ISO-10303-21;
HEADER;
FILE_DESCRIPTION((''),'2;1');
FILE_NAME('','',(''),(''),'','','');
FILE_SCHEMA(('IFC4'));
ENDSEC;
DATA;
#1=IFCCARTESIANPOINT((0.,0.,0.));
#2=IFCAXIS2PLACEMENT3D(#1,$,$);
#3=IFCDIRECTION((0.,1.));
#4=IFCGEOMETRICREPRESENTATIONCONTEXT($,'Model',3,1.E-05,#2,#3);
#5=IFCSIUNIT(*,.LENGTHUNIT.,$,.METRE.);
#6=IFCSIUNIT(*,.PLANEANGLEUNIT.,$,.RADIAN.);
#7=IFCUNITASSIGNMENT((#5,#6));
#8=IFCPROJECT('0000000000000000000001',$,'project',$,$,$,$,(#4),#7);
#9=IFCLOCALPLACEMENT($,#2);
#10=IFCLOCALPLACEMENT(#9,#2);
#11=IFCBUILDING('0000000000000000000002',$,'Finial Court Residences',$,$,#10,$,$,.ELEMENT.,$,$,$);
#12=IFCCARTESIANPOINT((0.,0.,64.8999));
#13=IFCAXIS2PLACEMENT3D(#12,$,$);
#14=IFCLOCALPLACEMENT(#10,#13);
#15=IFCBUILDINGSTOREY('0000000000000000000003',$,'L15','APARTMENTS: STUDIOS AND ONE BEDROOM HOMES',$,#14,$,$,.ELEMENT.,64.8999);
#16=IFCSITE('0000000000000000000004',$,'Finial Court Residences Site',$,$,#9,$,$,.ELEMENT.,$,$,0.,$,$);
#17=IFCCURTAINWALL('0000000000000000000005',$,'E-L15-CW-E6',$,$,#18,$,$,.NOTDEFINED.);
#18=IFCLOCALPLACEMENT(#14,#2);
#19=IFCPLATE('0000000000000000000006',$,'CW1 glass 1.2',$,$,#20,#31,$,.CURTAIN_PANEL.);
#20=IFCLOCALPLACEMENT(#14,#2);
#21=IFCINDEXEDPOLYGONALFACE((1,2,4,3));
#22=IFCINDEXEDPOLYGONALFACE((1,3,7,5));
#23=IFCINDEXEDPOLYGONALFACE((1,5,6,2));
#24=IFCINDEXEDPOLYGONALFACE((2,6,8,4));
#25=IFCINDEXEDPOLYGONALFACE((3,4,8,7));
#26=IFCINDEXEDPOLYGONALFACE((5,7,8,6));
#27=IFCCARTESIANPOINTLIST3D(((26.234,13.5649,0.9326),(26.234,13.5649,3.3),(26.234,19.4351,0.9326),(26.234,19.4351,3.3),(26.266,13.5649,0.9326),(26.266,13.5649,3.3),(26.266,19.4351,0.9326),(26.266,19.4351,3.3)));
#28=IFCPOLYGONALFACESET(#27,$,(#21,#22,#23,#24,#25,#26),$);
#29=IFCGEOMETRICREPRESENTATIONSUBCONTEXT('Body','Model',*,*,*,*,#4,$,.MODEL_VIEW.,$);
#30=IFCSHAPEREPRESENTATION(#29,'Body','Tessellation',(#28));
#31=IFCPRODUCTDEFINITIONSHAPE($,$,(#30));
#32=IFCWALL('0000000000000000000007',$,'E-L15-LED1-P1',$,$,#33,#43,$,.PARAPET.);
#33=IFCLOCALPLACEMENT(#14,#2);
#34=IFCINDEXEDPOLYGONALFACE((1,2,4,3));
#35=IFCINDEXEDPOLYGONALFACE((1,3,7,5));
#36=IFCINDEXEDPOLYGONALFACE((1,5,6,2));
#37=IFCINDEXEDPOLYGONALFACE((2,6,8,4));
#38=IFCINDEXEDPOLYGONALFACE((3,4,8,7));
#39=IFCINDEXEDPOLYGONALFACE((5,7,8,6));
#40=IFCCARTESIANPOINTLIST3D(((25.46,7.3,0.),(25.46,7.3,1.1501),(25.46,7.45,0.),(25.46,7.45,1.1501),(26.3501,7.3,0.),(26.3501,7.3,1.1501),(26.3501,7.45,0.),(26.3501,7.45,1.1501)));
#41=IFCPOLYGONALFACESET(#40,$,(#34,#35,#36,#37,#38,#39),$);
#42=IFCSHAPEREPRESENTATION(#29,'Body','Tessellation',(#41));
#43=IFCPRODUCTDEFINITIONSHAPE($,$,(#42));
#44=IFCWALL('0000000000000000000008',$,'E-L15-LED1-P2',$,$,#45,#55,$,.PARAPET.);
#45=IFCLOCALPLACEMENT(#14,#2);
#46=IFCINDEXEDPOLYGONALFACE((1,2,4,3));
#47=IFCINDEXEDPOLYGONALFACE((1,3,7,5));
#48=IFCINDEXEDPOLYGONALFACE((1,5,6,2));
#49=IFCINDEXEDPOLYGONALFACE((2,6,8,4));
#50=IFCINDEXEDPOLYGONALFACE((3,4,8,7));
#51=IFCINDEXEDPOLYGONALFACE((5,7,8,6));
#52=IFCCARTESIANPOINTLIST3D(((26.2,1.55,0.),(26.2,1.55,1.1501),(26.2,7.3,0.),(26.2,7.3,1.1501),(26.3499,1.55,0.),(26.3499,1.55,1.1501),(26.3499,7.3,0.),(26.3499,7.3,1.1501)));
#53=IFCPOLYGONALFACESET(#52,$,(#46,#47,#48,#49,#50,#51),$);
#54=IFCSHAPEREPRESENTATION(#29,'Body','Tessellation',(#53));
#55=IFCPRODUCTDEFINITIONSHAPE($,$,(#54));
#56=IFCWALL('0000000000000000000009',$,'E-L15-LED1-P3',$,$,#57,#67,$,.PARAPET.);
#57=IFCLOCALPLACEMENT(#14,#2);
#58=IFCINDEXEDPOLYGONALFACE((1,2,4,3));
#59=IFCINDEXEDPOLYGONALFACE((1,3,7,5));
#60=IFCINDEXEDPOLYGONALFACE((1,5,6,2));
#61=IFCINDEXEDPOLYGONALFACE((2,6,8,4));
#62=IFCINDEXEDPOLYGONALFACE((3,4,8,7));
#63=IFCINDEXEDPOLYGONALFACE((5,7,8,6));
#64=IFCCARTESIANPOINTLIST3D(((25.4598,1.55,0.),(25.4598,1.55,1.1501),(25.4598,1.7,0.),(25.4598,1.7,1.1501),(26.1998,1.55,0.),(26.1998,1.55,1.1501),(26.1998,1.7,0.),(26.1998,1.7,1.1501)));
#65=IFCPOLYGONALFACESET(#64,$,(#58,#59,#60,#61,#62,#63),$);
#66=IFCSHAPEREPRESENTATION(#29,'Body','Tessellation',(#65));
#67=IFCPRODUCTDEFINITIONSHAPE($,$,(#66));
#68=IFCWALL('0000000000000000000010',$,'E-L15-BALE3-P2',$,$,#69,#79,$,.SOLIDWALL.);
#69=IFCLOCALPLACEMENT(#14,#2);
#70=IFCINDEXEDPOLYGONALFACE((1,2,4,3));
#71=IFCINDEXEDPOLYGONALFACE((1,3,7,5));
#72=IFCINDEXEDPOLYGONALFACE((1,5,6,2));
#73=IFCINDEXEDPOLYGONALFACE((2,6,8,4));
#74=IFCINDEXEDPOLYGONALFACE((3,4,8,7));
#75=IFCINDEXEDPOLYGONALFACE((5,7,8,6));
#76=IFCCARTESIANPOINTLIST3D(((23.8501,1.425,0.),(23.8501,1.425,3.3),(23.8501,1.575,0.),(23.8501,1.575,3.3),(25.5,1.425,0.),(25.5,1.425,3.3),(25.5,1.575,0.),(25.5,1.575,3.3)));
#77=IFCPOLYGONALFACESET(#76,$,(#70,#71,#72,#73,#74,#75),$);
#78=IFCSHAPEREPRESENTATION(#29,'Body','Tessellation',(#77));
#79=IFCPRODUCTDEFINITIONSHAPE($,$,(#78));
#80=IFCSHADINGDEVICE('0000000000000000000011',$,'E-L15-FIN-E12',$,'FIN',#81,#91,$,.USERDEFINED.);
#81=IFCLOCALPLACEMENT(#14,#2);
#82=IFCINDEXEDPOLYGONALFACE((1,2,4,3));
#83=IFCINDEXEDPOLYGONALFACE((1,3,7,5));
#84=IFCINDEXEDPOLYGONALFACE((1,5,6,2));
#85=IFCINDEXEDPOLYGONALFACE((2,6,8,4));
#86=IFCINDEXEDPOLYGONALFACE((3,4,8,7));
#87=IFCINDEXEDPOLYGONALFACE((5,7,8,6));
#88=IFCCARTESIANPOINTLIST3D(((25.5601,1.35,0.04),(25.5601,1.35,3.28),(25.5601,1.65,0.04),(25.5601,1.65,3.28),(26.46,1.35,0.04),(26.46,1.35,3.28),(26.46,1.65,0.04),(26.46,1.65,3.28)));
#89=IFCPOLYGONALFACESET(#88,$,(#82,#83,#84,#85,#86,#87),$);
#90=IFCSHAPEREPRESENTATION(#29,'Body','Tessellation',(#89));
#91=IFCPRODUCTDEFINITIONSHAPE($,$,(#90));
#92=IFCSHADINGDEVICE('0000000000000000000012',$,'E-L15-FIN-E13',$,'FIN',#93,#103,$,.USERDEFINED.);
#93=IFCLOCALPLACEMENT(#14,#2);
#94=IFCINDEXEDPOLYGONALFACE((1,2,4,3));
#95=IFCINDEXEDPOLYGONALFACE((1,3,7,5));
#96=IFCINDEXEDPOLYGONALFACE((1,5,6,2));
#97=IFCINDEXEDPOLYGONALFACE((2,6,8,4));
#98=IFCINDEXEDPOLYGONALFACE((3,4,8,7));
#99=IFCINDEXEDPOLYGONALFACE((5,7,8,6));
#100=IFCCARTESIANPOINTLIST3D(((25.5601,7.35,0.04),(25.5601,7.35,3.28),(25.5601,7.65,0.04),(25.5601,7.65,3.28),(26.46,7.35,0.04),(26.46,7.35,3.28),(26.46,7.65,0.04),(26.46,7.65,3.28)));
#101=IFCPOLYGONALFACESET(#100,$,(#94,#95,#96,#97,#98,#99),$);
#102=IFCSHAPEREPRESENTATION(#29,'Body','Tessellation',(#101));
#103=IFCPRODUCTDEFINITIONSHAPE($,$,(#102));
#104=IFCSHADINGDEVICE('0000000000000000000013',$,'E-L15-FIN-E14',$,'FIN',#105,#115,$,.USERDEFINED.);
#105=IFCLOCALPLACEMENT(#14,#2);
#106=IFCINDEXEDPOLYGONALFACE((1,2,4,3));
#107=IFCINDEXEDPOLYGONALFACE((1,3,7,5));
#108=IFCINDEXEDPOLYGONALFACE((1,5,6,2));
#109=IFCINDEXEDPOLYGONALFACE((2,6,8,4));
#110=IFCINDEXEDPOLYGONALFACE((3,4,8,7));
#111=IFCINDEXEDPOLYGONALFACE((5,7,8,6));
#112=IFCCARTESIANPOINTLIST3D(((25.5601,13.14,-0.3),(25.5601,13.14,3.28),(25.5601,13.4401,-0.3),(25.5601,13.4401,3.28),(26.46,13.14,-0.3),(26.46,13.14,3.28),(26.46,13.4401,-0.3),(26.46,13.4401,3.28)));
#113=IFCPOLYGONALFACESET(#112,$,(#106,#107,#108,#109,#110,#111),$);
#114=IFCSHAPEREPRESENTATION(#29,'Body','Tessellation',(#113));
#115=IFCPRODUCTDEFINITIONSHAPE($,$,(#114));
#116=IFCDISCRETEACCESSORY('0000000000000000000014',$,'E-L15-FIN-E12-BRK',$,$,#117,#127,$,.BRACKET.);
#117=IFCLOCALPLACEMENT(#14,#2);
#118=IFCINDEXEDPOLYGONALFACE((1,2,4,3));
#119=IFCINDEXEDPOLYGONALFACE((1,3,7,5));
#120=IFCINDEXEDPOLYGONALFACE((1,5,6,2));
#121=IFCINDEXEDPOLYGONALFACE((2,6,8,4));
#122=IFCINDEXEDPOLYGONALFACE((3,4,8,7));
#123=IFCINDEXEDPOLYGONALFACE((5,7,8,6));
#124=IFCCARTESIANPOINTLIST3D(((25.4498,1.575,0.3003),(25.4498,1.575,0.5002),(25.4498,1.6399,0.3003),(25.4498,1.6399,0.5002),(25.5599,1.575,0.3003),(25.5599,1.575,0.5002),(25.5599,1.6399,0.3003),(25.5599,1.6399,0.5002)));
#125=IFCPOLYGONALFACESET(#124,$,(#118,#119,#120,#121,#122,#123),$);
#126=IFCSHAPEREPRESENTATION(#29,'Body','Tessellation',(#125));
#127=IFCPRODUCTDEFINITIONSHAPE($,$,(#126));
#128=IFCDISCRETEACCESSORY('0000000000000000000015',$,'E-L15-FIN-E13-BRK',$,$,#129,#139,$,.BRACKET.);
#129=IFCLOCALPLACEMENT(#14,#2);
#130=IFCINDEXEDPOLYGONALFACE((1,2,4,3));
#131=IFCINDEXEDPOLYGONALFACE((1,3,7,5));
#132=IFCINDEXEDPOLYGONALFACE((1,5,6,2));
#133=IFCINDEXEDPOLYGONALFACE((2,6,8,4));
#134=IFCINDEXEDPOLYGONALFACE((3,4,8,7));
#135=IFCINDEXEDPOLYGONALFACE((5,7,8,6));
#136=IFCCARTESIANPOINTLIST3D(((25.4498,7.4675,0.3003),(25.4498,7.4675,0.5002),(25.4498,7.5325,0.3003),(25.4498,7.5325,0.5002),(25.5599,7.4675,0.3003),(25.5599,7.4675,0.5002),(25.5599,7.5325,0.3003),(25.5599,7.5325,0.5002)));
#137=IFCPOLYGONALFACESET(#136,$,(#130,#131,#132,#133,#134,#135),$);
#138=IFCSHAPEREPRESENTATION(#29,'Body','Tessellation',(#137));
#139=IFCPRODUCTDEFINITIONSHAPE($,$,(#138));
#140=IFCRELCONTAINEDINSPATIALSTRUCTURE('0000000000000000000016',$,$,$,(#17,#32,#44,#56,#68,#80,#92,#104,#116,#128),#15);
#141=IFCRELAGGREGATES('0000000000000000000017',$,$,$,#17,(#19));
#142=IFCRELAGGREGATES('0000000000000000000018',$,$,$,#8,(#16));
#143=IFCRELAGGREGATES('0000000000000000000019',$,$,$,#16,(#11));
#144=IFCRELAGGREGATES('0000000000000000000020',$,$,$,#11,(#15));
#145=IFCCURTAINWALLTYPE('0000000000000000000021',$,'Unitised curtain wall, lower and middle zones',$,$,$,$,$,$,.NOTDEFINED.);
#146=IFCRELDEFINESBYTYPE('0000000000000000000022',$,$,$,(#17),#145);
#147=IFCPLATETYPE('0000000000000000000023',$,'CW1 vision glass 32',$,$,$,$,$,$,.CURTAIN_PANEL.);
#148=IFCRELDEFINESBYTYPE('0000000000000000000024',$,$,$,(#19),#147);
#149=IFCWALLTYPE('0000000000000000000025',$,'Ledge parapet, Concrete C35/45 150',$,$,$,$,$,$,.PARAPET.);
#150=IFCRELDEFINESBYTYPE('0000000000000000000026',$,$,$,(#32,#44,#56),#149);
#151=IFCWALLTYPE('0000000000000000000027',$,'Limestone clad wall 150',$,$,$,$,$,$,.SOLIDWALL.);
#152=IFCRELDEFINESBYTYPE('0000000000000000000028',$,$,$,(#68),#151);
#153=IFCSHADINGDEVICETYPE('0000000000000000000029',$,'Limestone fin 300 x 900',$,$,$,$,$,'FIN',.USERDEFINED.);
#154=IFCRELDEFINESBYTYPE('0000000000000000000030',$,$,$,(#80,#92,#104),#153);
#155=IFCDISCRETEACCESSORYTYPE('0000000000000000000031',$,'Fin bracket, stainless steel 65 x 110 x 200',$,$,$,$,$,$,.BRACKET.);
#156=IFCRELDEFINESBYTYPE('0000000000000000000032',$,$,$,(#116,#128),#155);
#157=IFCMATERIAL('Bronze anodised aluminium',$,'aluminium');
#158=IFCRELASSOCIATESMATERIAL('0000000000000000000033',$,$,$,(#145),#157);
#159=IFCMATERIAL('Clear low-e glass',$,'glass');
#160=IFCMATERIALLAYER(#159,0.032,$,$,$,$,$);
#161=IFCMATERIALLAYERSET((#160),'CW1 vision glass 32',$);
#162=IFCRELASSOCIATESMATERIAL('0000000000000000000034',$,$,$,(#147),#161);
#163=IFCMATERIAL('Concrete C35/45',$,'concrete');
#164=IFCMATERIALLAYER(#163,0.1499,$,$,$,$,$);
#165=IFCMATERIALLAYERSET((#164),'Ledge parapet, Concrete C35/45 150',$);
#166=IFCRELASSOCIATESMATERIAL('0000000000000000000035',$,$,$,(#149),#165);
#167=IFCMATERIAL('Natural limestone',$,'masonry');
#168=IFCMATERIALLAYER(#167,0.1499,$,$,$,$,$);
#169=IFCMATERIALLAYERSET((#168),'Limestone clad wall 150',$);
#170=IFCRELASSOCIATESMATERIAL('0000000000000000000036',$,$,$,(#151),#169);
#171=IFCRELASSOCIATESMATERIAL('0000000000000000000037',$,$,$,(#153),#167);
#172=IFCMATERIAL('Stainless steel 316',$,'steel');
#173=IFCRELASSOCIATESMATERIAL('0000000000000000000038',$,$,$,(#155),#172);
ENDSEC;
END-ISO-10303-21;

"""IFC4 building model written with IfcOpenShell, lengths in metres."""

from ifc_helpers import new_model, si_unit, direction, frame, frame_2d, origin, origin_2d, place, context, subcontext, project, spatial, rectangle, extrude, material, layer, layer_set, type_object, element, aggregate, save


model = new_model("IFC4")

# Units and contexts
model_context = context("Model", 3, precision=1e-05, world=origin(), true_north=direction((0.0, 1.0)))
body_context = subcontext(model_context, "Body", "Model", "MODEL_VIEW")
ifc_project = project(units=[si_unit("LENGTHUNIT", "METRE"), si_unit("PLANEANGLEUNIT", "RADIAN")], contexts=[model_context])

# Site, building, storey
site_placement = place(None, origin())
site = spatial("IfcSite", under=ifc_project, at=site_placement, Name="Finial Court Residences Site", CompositionType="ELEMENT", RefElevation=0.0)
building_placement = place(site_placement, origin())
building = spatial("IfcBuilding", under=site, at=building_placement, Name="Finial Court Residences", CompositionType="ELEMENT")
storey_placement = place(building_placement, frame((0.0, 0.0, 64.8999)))
storey = spatial("IfcBuildingStorey", under=building, at=storey_placement, Name="L15", Description="APARTMENTS: STUDIOS AND ONE BEDROOM HOMES", CompositionType="ELEMENT", Elevation=64.8999)

# Shared definitions
ifc_material_1 = material(Name="Bronze anodised aluminium", Category="aluminium")
curtain_wall_type = type_object("IfcCurtainWallType", Name="Unitised curtain wall, lower and middle zones", PredefinedType="NOTDEFINED", material=ifc_material_1)

# Curtain wall
curtain_wall_1_placement = place(storey_placement, origin())
curtain_wall_1 = element("IfcCurtainWall", 1, at=curtain_wall_1_placement, inside=storey, type_object=curtain_wall_type, Name="E-L15-CW-E6", PredefinedType="NOTDEFINED")

# Plate
ifc_material_2 = material(Name="Clear low-e glass", Category="glass")
ifc_layer_1 = layer(ifc_material_2, 0.032)
ifc_layer_set_1 = layer_set([ifc_layer_1], Name="CW1 vision glass 32")
plate_type_1 = type_object("IfcPlateType", Name="CW1 vision glass 32", PredefinedType="CURTAIN_PANEL", material=ifc_layer_set_1)
plate_1_placement = place(storey_placement, frame((26.25, 16.5, 0.9326), z_axis=(0.0, 0.0, 1.0), x_axis=(0.0, 1.0, 0.0)))
plate_1 = element("IfcPlate", 2, at=plate_1_placement, type_object=plate_type_1, Name="CW1 glass 1.2", PredefinedType="CURTAIN_PANEL", context=body_context, shape_type="SweptSolid", body=[
    extrude(rectangle(XDim=5.8701, YDim=0.032, at=origin_2d()), origin(), (0.0, 0.0, 1.0), 2.3674),
])
aggregate(curtain_wall_1, [plate_1])

# Walls
ifc_material_3 = material(Name="Concrete C35/45", Category="concrete")
ifc_layer_2 = layer(ifc_material_3, 0.1499)
ifc_layer_set_2 = layer_set([ifc_layer_2], Name="Ledge parapet, Concrete C35/45 150")
wall_type_1 = type_object("IfcWallType", Name="Ledge parapet, Concrete C35/45 150", PredefinedType="PARAPET", material=ifc_layer_set_2)
wall_1_placement = place(storey_placement, frame((25.46, 7.375, 0.0), z_axis=(0.0, 0.0, 1.0), x_axis=(1.0, 0.0, 0.0)))
element("IfcWall", 3, at=wall_1_placement, inside=storey, type_object=wall_type_1, Name="E-L15-LED1-P1", PredefinedType="PARAPET", context=body_context, shape_type="SweptSolid", body=[
    extrude(rectangle(XDim=0.8901, YDim=0.1499, at=frame_2d((0.4451, 0.0))), origin(), (0.0, 0.0, 1.0), 1.1501),
])
wall_2_placement = place(storey_placement, frame((26.2749, 7.3, 0.0), z_axis=(0.0, 0.0, 1.0), x_axis=(0.0, -1.0, 0.0)))
element("IfcWall", 4, at=wall_2_placement, inside=storey, type_object=wall_type_1, Name="E-L15-LED1-P2", PredefinedType="PARAPET", context=body_context, shape_type="SweptSolid", body=[
    extrude(rectangle(XDim=5.75, YDim=0.1499, at=frame_2d((2.875, 0.0))), origin(), (0.0, 0.0, 1.0), 1.1501),
])
wall_3_placement = place(storey_placement, frame((26.2, 1.625, 0.0), z_axis=(0.0, 0.0, 1.0), x_axis=(-1.0, 0.0, 0.0)))
element("IfcWall", 5, at=wall_3_placement, inside=storey, type_object=wall_type_1, Name="E-L15-LED1-P3", PredefinedType="PARAPET", context=body_context, shape_type="SweptSolid", body=[
    extrude(rectangle(XDim=0.74, YDim=0.1499, at=frame_2d((0.3701, 0.0))), origin(), (0.0, 0.0, 1.0), 1.1501),
])
ifc_material_4 = material(Name="Natural limestone", Category="masonry")
ifc_layer_3 = layer(ifc_material_4, 0.1499)
ifc_layer_set_3 = layer_set([ifc_layer_3], Name="Limestone clad wall 150")
wall_type_2 = type_object("IfcWallType", Name="Limestone clad wall 150", PredefinedType="SOLIDWALL", material=ifc_layer_set_3)
wall_4_placement = place(storey_placement, frame((23.8501, 1.5, 0.0), z_axis=(0.0, 0.0, 1.0), x_axis=(1.0, 0.0, 0.0)))
element("IfcWall", 6, at=wall_4_placement, inside=storey, type_object=wall_type_2, Name="E-L15-BALE3-P2", PredefinedType="SOLIDWALL", context=body_context, shape_type="SweptSolid", body=[
    extrude(rectangle(XDim=1.6499, YDim=0.1499, at=frame_2d((0.825, 0.0))), origin(), (0.0, 0.0, 1.0), 3.3),
])

# Shading devices
shading_device_type = type_object("IfcShadingDeviceType", Name="Limestone fin 300 x 900", ElementType="FIN", PredefinedType="USERDEFINED", material=ifc_material_4)
for number, where, z_axis, x_axis, name in (
    (7, (26.01, 1.5, 0.04), (0.0, 0.0, 1.0), (1.0, 0.0, 0.0), "E-L15-FIN-E12"),
    (8, (26.01, 7.5, 0.04), (0.0, 0.0, 1.0), (1.0, 0.0, 0.0), "E-L15-FIN-E13"),
):
    element("IfcShadingDevice", number, at=place(storey_placement, frame(where, z_axis=z_axis, x_axis=x_axis)), inside=storey, type_object=shading_device_type, Name=name, ObjectType="FIN", PredefinedType="USERDEFINED", context=body_context, shape_type="SweptSolid", body=[
        extrude(rectangle(XDim=0.8999, YDim=0.3, at=origin_2d()), origin(), (0.0, 0.0, 1.0), 3.24),
    ])
shading_device_placement = place(storey_placement, frame((26.01, 13.29, -0.3), z_axis=(0.0, 0.0, 1.0), x_axis=(1.0, 0.0, 0.0)))
element("IfcShadingDevice", 9, at=shading_device_placement, inside=storey, type_object=shading_device_type, Name="E-L15-FIN-E14", ObjectType="FIN", PredefinedType="USERDEFINED", context=body_context, shape_type="SweptSolid", body=[
    extrude(rectangle(XDim=0.8999, YDim=0.3, at=origin_2d()), origin(), (0.0, 0.0, 1.0), 3.5801),
])

# Discrete accessories
ifc_material_5 = material(Name="Stainless steel 316", Category="steel")
discrete_accessory_type = type_object("IfcDiscreteAccessoryType", Name="Fin bracket, stainless steel 65 x 110 x 200", PredefinedType="BRACKET", material=ifc_material_5)
for number, where, z_axis, x_axis, name in (
    (10, (25.5049, 1.6074, 0.3003), (0.0, 0.0, 1.0), (1.0, 0.0, 0.0), "E-L15-FIN-E12-BRK"),
    (11, (25.5049, 7.5, 0.3003), (0.0, 0.0, 1.0), (1.0, 0.0, 0.0), "E-L15-FIN-E13-BRK"),
):
    element("IfcDiscreteAccessory", number, at=place(storey_placement, frame(where, z_axis=z_axis, x_axis=x_axis)), inside=storey, type_object=discrete_accessory_type, Name=name, PredefinedType="BRACKET", context=body_context, shape_type="SweptSolid", body=[
        extrude(rectangle(XDim=0.1101, YDim=0.0649, at=origin_2d()), origin(), (0.0, 0.0, 1.0), 0.2),
    ])

save(model, "model.ifc")
